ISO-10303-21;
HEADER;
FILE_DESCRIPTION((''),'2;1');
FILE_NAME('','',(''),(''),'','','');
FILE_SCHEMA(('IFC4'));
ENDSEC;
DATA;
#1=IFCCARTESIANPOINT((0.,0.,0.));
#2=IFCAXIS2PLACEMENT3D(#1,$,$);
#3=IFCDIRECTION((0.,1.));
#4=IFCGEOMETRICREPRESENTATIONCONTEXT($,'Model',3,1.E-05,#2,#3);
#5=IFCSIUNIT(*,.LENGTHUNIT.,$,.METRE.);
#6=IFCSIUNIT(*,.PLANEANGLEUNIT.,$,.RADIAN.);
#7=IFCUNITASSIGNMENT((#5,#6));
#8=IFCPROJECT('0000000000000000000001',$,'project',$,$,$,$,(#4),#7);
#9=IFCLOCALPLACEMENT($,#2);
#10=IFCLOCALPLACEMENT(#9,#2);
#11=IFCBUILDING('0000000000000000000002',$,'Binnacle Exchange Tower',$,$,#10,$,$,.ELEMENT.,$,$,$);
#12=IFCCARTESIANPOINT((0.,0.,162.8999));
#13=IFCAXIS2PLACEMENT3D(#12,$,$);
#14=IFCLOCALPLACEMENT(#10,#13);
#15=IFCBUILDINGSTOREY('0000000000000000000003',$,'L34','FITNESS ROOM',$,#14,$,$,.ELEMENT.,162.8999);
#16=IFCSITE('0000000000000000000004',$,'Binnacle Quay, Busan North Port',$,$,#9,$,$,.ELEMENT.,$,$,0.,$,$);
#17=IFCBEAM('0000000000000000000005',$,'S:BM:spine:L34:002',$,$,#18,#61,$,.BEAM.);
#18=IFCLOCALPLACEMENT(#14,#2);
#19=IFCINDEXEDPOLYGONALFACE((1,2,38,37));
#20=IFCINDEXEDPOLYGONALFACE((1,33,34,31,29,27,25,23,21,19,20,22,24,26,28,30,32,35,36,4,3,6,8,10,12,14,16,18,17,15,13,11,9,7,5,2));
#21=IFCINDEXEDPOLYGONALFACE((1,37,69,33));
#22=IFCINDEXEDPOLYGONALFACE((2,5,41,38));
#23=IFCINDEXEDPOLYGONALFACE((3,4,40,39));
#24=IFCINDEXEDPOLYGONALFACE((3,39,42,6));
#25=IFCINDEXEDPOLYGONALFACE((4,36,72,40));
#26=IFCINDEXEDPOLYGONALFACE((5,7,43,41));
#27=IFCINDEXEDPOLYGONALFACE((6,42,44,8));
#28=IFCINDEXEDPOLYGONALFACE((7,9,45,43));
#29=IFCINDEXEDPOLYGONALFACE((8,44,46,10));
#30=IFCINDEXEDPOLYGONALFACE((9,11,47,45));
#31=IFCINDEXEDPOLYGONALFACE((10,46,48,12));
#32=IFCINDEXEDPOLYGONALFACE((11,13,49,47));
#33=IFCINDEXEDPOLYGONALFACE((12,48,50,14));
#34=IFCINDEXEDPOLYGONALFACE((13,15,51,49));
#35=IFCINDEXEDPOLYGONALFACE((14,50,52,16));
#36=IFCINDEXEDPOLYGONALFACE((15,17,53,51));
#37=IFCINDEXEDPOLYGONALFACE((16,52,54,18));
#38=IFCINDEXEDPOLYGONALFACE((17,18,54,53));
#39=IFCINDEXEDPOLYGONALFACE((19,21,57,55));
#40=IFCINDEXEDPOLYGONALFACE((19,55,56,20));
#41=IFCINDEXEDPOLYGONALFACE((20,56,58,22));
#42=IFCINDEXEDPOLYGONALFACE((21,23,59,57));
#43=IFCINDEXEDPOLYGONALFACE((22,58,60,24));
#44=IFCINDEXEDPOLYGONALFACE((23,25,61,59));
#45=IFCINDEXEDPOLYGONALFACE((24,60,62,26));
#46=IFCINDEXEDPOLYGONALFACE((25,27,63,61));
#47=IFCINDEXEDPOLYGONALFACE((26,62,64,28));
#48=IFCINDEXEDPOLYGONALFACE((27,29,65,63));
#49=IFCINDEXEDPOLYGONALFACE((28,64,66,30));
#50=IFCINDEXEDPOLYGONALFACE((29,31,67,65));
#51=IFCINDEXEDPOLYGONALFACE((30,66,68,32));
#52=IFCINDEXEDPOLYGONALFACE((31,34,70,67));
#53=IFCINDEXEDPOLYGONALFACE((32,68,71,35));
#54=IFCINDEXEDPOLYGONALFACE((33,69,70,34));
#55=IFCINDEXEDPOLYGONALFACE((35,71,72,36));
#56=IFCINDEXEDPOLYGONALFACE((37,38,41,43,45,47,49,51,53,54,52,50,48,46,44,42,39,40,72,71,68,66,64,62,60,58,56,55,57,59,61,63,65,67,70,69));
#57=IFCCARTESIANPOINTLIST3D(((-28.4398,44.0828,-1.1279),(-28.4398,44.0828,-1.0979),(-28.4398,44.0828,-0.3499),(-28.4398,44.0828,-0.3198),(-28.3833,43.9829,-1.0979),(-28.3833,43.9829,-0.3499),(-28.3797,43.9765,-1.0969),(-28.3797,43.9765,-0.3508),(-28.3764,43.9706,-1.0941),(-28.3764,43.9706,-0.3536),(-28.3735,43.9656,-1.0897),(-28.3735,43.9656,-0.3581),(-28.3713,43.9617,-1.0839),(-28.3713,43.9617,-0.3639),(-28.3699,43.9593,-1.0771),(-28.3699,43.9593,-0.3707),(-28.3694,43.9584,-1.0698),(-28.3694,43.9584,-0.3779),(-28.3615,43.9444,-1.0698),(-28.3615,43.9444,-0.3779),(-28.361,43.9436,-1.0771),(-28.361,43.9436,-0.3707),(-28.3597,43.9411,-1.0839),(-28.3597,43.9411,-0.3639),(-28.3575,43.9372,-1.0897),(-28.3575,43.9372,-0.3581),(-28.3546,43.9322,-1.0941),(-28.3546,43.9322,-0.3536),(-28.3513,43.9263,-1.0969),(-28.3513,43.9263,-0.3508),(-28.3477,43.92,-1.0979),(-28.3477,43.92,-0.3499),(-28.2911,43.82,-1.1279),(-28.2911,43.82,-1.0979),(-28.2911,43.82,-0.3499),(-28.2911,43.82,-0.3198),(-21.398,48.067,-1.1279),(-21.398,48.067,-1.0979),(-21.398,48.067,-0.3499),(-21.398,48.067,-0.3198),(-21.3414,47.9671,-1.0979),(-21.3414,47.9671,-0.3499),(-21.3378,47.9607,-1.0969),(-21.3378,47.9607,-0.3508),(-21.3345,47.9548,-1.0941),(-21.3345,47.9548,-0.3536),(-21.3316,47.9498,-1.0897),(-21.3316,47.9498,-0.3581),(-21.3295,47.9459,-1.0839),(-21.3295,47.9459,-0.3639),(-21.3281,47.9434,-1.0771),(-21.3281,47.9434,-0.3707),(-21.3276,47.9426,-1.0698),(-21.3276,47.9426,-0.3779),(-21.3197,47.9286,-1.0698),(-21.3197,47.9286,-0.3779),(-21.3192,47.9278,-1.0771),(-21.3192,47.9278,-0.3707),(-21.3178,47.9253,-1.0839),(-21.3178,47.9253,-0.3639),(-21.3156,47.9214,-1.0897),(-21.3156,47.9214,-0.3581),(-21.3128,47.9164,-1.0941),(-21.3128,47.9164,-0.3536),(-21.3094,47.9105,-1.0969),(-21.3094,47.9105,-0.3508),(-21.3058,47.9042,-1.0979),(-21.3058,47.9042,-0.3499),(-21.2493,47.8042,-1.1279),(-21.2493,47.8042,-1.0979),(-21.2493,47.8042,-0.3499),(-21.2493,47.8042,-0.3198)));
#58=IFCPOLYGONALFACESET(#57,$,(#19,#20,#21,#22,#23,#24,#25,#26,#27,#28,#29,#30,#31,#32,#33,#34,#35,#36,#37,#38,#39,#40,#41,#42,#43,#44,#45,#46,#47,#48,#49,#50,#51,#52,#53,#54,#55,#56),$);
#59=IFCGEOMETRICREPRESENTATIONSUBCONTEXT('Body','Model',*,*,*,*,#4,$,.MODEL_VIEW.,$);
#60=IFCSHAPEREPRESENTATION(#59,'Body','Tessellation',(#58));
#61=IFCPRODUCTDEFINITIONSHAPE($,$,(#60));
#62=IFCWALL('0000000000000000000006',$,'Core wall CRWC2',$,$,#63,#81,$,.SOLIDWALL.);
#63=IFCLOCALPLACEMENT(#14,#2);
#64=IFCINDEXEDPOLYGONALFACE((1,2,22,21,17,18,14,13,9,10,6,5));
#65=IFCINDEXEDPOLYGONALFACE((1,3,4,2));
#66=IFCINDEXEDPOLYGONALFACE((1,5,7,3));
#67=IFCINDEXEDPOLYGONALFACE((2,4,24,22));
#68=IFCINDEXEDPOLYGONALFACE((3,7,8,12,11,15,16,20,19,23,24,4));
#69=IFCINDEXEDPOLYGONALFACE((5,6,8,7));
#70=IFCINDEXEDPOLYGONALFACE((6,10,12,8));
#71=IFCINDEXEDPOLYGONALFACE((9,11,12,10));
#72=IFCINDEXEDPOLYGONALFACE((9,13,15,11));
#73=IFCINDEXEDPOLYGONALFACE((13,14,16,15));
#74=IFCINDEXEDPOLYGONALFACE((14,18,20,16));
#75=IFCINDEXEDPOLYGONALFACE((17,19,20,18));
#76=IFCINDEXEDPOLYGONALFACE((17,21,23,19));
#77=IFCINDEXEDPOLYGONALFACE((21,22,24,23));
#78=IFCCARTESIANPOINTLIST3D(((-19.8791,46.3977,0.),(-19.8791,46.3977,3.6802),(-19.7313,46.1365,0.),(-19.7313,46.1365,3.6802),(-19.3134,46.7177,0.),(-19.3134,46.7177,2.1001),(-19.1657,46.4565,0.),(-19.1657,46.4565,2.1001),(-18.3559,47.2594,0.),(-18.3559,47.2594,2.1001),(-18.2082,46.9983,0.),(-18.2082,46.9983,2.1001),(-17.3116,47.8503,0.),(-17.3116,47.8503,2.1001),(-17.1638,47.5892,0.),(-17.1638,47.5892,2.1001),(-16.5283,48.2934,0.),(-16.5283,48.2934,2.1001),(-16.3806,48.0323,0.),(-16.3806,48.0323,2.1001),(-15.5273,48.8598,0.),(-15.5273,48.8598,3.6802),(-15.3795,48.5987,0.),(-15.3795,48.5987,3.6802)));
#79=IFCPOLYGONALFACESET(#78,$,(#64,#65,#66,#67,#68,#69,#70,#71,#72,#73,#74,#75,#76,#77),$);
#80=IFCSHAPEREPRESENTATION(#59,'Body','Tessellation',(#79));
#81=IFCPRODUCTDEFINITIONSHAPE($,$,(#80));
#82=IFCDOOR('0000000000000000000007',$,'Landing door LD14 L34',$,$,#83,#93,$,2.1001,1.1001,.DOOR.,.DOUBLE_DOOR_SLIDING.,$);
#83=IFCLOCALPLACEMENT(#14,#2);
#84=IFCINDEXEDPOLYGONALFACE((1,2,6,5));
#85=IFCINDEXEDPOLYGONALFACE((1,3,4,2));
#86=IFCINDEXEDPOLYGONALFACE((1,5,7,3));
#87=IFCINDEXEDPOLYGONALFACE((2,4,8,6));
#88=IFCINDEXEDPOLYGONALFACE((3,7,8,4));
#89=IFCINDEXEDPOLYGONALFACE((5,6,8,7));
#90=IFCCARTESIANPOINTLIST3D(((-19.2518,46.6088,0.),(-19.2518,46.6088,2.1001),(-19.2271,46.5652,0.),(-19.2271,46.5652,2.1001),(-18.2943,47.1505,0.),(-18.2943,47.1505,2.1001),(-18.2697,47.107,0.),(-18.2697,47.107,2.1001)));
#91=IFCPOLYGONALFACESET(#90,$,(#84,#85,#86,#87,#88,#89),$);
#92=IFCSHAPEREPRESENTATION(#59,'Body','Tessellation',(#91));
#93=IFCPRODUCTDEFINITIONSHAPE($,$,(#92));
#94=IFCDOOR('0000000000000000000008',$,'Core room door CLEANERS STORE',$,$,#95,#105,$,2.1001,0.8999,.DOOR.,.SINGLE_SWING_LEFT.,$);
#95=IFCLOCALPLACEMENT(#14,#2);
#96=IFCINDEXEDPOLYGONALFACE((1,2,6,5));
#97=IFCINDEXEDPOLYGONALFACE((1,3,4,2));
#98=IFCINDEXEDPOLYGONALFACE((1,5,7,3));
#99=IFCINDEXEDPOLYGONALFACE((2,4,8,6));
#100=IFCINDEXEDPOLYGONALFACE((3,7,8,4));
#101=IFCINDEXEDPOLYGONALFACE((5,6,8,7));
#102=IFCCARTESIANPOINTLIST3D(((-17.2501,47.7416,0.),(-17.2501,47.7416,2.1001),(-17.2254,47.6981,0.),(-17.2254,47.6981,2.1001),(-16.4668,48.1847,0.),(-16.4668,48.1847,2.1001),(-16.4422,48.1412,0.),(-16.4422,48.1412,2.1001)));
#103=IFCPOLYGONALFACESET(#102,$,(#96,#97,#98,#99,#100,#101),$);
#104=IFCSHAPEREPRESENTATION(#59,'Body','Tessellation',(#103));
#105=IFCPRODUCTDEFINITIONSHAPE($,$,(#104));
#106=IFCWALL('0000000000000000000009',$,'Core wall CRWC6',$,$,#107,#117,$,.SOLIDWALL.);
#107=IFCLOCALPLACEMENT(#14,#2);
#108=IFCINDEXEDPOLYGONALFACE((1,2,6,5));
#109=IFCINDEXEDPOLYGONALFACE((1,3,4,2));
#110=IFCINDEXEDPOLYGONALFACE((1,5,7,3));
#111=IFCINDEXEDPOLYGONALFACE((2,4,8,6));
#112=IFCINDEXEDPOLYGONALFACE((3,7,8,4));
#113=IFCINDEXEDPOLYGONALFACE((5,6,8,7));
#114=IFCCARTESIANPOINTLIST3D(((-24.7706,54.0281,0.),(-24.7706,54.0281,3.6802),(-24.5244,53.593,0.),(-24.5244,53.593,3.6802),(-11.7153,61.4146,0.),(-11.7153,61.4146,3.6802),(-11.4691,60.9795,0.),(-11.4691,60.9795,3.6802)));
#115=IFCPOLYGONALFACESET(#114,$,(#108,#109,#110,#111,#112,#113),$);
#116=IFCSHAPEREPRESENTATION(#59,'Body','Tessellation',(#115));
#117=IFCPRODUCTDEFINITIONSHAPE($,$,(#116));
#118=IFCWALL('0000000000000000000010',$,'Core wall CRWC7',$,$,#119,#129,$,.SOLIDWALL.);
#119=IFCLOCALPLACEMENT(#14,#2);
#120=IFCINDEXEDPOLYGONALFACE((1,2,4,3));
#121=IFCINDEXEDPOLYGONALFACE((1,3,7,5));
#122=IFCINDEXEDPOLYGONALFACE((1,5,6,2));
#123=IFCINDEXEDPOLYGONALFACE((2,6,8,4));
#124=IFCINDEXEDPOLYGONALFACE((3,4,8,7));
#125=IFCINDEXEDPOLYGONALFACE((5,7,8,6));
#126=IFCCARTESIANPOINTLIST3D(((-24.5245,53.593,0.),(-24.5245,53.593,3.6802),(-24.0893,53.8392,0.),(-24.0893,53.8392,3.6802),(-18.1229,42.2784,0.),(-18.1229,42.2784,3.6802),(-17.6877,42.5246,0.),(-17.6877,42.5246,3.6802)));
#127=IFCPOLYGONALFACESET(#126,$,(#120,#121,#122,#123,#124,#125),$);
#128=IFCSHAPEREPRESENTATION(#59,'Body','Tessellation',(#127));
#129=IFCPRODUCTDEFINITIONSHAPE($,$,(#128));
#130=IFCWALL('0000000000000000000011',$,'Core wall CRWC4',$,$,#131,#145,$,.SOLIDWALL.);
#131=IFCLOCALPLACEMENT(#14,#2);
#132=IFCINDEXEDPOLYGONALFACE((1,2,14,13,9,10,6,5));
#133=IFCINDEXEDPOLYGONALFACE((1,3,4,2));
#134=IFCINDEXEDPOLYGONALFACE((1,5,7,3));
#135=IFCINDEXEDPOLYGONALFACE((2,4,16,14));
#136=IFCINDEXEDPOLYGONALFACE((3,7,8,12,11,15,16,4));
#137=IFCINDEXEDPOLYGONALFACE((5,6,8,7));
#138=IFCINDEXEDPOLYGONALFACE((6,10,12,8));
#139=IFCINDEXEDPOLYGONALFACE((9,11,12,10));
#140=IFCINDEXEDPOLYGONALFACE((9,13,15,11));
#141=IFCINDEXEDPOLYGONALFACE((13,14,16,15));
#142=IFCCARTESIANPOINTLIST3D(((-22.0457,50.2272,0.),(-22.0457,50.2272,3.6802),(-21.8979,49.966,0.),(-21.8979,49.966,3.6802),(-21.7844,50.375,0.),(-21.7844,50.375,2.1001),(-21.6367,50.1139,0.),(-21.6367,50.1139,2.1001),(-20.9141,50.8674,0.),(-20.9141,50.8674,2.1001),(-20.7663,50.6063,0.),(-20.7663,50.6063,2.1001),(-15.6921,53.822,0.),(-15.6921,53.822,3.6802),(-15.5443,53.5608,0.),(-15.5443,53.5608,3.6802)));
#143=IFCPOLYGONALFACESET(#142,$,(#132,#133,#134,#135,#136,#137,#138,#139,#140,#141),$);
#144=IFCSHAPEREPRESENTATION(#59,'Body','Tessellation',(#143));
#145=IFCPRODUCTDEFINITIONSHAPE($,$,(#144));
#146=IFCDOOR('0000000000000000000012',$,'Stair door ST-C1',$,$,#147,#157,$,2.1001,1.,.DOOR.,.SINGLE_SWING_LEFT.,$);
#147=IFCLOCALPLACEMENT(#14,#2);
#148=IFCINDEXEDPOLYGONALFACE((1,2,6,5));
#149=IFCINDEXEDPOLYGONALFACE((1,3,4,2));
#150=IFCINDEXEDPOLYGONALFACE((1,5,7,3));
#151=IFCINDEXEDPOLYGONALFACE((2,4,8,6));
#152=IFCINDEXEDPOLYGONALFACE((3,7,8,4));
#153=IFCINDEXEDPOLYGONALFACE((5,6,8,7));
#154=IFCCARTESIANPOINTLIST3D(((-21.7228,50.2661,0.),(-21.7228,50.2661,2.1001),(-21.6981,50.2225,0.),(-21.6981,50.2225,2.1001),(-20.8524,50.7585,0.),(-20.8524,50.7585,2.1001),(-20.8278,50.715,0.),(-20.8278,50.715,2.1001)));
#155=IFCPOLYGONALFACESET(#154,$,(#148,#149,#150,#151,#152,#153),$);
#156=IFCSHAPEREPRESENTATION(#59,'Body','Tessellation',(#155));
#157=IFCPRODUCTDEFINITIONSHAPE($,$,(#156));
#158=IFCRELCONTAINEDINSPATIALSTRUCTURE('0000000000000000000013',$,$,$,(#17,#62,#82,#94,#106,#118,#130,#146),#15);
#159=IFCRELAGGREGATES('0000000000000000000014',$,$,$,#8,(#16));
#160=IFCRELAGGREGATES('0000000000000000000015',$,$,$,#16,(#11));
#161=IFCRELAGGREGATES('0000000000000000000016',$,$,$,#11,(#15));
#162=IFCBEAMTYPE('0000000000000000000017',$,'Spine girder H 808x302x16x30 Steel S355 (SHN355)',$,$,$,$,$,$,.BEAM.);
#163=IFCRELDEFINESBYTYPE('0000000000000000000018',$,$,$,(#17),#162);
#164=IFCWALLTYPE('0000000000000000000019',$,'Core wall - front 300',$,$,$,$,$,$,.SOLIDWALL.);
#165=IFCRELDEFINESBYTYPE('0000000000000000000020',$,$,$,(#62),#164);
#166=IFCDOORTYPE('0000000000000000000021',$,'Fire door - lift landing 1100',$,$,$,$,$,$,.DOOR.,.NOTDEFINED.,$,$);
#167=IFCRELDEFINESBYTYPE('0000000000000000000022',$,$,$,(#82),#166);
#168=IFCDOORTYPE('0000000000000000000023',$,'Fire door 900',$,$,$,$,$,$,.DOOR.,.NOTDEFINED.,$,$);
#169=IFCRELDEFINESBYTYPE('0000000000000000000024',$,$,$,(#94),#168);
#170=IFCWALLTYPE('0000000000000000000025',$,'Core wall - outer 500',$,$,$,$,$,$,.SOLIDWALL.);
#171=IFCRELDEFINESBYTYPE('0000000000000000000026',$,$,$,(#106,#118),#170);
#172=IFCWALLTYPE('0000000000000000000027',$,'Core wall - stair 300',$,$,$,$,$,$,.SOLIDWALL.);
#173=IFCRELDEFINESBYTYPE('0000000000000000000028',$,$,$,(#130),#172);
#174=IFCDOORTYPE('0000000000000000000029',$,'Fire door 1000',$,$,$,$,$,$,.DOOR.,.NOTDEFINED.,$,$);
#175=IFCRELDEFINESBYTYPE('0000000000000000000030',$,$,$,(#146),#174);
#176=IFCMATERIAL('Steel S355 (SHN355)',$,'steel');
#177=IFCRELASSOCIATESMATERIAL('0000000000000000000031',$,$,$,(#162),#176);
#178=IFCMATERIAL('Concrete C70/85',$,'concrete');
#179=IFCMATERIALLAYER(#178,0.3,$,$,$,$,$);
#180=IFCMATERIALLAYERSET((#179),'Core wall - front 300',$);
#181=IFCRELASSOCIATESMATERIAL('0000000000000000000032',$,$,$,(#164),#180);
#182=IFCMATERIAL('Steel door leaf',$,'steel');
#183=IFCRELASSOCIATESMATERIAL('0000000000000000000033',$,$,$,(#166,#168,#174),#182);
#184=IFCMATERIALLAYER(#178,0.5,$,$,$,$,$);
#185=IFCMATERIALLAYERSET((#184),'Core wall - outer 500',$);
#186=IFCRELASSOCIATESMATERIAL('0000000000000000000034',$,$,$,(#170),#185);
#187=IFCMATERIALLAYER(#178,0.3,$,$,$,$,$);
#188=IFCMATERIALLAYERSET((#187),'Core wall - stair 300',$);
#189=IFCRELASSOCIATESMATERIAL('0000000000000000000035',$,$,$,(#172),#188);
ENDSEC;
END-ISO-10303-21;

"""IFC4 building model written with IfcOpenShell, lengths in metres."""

from ifc_helpers import new_model, si_unit, direction, frame, frame_2d, origin, origin_2d, place, context, subcontext, project, spatial, rectangle, i_section, extrude, material, layer, layer_set, material_profile, profile_set, type_object, element, fill, save


model = new_model("IFC4")

# Units and contexts
model_context = context("Model", 3, precision=1e-05, world=origin(), true_north=direction((0.0, 1.0)))
body_context = subcontext(model_context, "Body", "Model", "MODEL_VIEW")
ifc_project = project(units=[si_unit("LENGTHUNIT", "METRE"), si_unit("PLANEANGLEUNIT", "RADIAN")], contexts=[model_context])

# Site, building, storey
site_placement = place(None, origin())
site = spatial("IfcSite", under=ifc_project, at=site_placement, Name="Binnacle Quay, Busan North Port", CompositionType="ELEMENT", RefElevation=0.0)
building_placement = place(site_placement, origin())
building = spatial("IfcBuilding", under=site, at=building_placement, Name="Binnacle Exchange Tower", CompositionType="ELEMENT")
storey_placement = place(building_placement, frame((0.0, 0.0, 162.8999)))
storey = spatial("IfcBuildingStorey", under=building, at=storey_placement, Name="L34", Description="FITNESS ROOM", CompositionType="ELEMENT", Elevation=162.8999)

# Shared definitions
ifc_material_1 = material(Name="Concrete C70/85", Category="concrete")

# Beam
ifc_material_2 = material(Name="Steel S355 (SHN355)", Category="steel")
ifc_material_profile_1 = material_profile(ifc_material_2, i_section(OverallWidth=0.302, OverallDepth=0.8081, WebThickness=0.0161, FlangeThickness=0.03, FilletRadius=0.0281, at=origin_2d()), Name="H 808x302x16x30")
ifc_profile_set_1 = profile_set([ifc_material_profile_1], Name="Steel S355 (SHN355)")
beam_type_1 = type_object("IfcBeamType", Name="Spine girder H 808x302x16x30 Steel S355 (SHN355)", PredefinedType="BEAM", material=ifc_profile_set_1)
beam_1_placement = place(storey_placement, frame((-28.3655, 43.9514, -0.7239), z_axis=(0.87035, 0.492433, 0.0), x_axis=(-0.492433, 0.87035, 0.0)))
element("IfcBeam", 1, at=beam_1_placement, inside=storey, type_object=beam_type_1, Name="S:BM:spine:L34:002", PredefinedType="BEAM", context=body_context, shape_type="SweptSolid", body=[
    extrude(i_section(OverallWidth=0.302, OverallDepth=0.8081, WebThickness=0.0161, FlangeThickness=0.03, FilletRadius=0.0281, at=origin_2d()), origin(), (0.0, 0.0, 1.0), 8.0908),
])

# Wall, openings, doors
ifc_layer_1 = layer(ifc_material_1, 0.3)
ifc_layer_set_1 = layer_set([ifc_layer_1], Name="Core wall - front 300")
wall_type_1 = type_object("IfcWallType", Name="Core wall - front 300", PredefinedType="SOLIDWALL", material=ifc_layer_set_1)
wall_1_placement = place(storey_placement, frame((-19.8052, 46.2671, 0.0), z_axis=(0.0, 0.0, 1.0), x_axis=(0.870354, 0.492427, 0.0)))
wall_1 = element("IfcWall", 2, at=wall_1_placement, inside=storey, type_object=wall_type_1, Name="Core wall CRWC2", PredefinedType="SOLIDWALL", context=body_context, shape_type="SweptSolid", body=[
    extrude(rectangle(XDim=5.0, YDim=0.3, at=frame_2d((2.5, 0.0))), origin(), (0.0, 0.0, 1.0), 3.6802),
])
opening_1_placement = place(wall_1_placement, frame((0.6499, 0.0, 0.0)))
opening_1 = element("IfcOpeningElement", 3, at=opening_1_placement, cuts=wall_1, PredefinedType="OPENING", context=body_context, shape_type="SweptSolid", body=[
    extrude(rectangle(XDim=1.1001, YDim=2.1001, at=frame_2d((0.55, 1.05))), frame((0.0, 0.1599, 0.0), z_axis=(0.0, -1.0, 0.0), x_axis=(1.0, 0.0, 0.0)), (0.0, 0.0, 1.0), 0.3201),
])
opening_2_placement = place(wall_1_placement, frame((2.95, 0.0, 0.0)))
opening_2 = element("IfcOpeningElement", 4, at=opening_2_placement, cuts=wall_1, PredefinedType="OPENING", context=body_context, shape_type="SweptSolid", body=[
    extrude(rectangle(XDim=0.8999, YDim=2.1001, at=frame_2d((0.45, 1.05))), frame((0.0, 0.1599, 0.0), z_axis=(0.0, -1.0, 0.0), x_axis=(1.0, 0.0, 0.0)), (0.0, 0.0, 1.0), 0.3201),
])
ifc_material_3 = material(Name="Steel door leaf", Category="steel")
door_type_1 = type_object("IfcDoorType", Name="Fire door - lift landing 1100", OperationType="NOTDEFINED", PredefinedType="DOOR", material=ifc_material_3)
door_1_placement = place(opening_1_placement, origin())
door_1 = element("IfcDoor", 5, at=door_1_placement, inside=storey, type_object=door_type_1, Name="Landing door LD14 L34", OperationType="DOUBLE_DOOR_SLIDING", OverallHeight=2.1001, OverallWidth=1.1001, PredefinedType="DOOR", context=body_context, shape_type="SweptSolid", body=[
    extrude(rectangle(XDim=1.1001, YDim=2.1001, at=frame_2d((0.55, 1.05))), frame((0.0, 0.0249, 0.0), z_axis=(0.0, -1.0, 0.0), x_axis=(1.0, 0.0, 0.0)), (0.0, 0.0, 1.0), 0.05),
])
fill(opening_1, door_1)
door_type_2 = type_object("IfcDoorType", Name="Fire door 900", OperationType="NOTDEFINED", PredefinedType="DOOR", material=ifc_material_3)
door_2_placement = place(opening_2_placement, frame((0.8999, 0.0, 0.0), z_axis=(0.0, 0.0, 1.0), x_axis=(-1.0, 0.0, 0.0)))
door_2 = element("IfcDoor", 6, at=door_2_placement, inside=storey, type_object=door_type_2, Name="Core room door CLEANERS STORE", OperationType="SINGLE_SWING_LEFT", OverallHeight=2.1001, OverallWidth=0.8999, PredefinedType="DOOR", context=body_context, shape_type="SweptSolid", body=[
    extrude(rectangle(XDim=0.8999, YDim=2.1001, at=frame_2d((0.45, 1.05))), frame((0.0, 0.0249, 0.0), z_axis=(0.0, -1.0, 0.0), x_axis=(1.0, 0.0, 0.0)), (0.0, 0.0, 1.0), 0.05),
])
fill(opening_2, door_2)

# Walls
ifc_layer_2 = layer(ifc_material_1, 0.5)
ifc_layer_set_2 = layer_set([ifc_layer_2], Name="Core wall - outer 500")
wall_type_2 = type_object("IfcWallType", Name="Core wall - outer 500", PredefinedType="SOLIDWALL", material=ifc_layer_set_2)
wall_2_placement = place(storey_placement, frame((-24.6475, 53.8105, 0.0), z_axis=(0.0, 0.0, 1.0), x_axis=(0.87035, 0.492434, 0.0)))
element("IfcWall", 7, at=wall_2_placement, inside=storey, type_object=wall_type_2, Name="Core wall CRWC6", PredefinedType="SOLIDWALL", context=body_context, shape_type="SweptSolid", body=[
    extrude(rectangle(XDim=15.0, YDim=0.5, at=frame_2d((7.5, 0.0))), origin(), (0.0, 0.0, 1.0), 3.6802),
])
wall_3_placement = place(storey_placement, frame((-24.3069, 53.7161, 0.0), z_axis=(0.0, 0.0, 1.0), x_axis=(0.492427, -0.870354, 0.0)))
element("IfcWall", 8, at=wall_3_placement, inside=storey, type_object=wall_type_2, Name="Core wall CRWC7", PredefinedType="SOLIDWALL", context=body_context, shape_type="SweptSolid", body=[
    extrude(rectangle(XDim=13.0, YDim=0.5, at=frame_2d((6.5, 0.0))), origin(), (0.0, 0.0, 1.0), 3.6802),
])

# Wall, opening, door
ifc_layer_3 = layer(ifc_material_1, 0.3)
ifc_layer_set_3 = layer_set([ifc_layer_3], Name="Core wall - stair 300")
wall_type_3 = type_object("IfcWallType", Name="Core wall - stair 300", PredefinedType="SOLIDWALL", material=ifc_layer_set_3)
wall_4_placement = place(storey_placement, frame((-21.9717, 50.0967, 0.0), z_axis=(0.0, 0.0, 1.0), x_axis=(0.870351, 0.492432, 0.0)))
wall_4 = element("IfcWall", 9, at=wall_4_placement, inside=storey, type_object=wall_type_3, Name="Core wall CRWC4", PredefinedType="SOLIDWALL", context=body_context, shape_type="SweptSolid", body=[
    extrude(rectangle(XDim=7.3, YDim=0.3, at=frame_2d((3.6499, 0.0))), origin(), (0.0, 0.0, 1.0), 3.6802),
])
opening_3_placement = place(wall_4_placement, frame((0.3, 0.0, 0.0)))
opening_3 = element("IfcOpeningElement", 10, at=opening_3_placement, cuts=wall_4, PredefinedType="OPENING", context=body_context, shape_type="SweptSolid", body=[
    extrude(rectangle(XDim=1.0, YDim=2.1001, at=frame_2d((0.5, 1.05))), frame((0.0, 0.1599, 0.0), z_axis=(0.0, -1.0, 0.0), x_axis=(1.0, 0.0, 0.0)), (0.0, 0.0, 1.0), 0.3201),
])
door_type_3 = type_object("IfcDoorType", Name="Fire door 1000", OperationType="NOTDEFINED", PredefinedType="DOOR", material=ifc_material_3)
door_3_placement = place(opening_3_placement, origin())
door_3 = element("IfcDoor", 11, at=door_3_placement, inside=storey, type_object=door_type_3, Name="Stair door ST-C1", OperationType="SINGLE_SWING_LEFT", OverallHeight=2.1001, OverallWidth=1.0, PredefinedType="DOOR", context=body_context, shape_type="SweptSolid", body=[
    extrude(rectangle(XDim=1.0, YDim=2.1001, at=frame_2d((0.5, 1.05))), frame((0.0, 0.0249, 0.0), z_axis=(0.0, -1.0, 0.0), x_axis=(1.0, 0.0, 0.0)), (0.0, 0.0, 1.0), 0.05),
])
fill(opening_3, door_3)

save(model, "model.ifc")
